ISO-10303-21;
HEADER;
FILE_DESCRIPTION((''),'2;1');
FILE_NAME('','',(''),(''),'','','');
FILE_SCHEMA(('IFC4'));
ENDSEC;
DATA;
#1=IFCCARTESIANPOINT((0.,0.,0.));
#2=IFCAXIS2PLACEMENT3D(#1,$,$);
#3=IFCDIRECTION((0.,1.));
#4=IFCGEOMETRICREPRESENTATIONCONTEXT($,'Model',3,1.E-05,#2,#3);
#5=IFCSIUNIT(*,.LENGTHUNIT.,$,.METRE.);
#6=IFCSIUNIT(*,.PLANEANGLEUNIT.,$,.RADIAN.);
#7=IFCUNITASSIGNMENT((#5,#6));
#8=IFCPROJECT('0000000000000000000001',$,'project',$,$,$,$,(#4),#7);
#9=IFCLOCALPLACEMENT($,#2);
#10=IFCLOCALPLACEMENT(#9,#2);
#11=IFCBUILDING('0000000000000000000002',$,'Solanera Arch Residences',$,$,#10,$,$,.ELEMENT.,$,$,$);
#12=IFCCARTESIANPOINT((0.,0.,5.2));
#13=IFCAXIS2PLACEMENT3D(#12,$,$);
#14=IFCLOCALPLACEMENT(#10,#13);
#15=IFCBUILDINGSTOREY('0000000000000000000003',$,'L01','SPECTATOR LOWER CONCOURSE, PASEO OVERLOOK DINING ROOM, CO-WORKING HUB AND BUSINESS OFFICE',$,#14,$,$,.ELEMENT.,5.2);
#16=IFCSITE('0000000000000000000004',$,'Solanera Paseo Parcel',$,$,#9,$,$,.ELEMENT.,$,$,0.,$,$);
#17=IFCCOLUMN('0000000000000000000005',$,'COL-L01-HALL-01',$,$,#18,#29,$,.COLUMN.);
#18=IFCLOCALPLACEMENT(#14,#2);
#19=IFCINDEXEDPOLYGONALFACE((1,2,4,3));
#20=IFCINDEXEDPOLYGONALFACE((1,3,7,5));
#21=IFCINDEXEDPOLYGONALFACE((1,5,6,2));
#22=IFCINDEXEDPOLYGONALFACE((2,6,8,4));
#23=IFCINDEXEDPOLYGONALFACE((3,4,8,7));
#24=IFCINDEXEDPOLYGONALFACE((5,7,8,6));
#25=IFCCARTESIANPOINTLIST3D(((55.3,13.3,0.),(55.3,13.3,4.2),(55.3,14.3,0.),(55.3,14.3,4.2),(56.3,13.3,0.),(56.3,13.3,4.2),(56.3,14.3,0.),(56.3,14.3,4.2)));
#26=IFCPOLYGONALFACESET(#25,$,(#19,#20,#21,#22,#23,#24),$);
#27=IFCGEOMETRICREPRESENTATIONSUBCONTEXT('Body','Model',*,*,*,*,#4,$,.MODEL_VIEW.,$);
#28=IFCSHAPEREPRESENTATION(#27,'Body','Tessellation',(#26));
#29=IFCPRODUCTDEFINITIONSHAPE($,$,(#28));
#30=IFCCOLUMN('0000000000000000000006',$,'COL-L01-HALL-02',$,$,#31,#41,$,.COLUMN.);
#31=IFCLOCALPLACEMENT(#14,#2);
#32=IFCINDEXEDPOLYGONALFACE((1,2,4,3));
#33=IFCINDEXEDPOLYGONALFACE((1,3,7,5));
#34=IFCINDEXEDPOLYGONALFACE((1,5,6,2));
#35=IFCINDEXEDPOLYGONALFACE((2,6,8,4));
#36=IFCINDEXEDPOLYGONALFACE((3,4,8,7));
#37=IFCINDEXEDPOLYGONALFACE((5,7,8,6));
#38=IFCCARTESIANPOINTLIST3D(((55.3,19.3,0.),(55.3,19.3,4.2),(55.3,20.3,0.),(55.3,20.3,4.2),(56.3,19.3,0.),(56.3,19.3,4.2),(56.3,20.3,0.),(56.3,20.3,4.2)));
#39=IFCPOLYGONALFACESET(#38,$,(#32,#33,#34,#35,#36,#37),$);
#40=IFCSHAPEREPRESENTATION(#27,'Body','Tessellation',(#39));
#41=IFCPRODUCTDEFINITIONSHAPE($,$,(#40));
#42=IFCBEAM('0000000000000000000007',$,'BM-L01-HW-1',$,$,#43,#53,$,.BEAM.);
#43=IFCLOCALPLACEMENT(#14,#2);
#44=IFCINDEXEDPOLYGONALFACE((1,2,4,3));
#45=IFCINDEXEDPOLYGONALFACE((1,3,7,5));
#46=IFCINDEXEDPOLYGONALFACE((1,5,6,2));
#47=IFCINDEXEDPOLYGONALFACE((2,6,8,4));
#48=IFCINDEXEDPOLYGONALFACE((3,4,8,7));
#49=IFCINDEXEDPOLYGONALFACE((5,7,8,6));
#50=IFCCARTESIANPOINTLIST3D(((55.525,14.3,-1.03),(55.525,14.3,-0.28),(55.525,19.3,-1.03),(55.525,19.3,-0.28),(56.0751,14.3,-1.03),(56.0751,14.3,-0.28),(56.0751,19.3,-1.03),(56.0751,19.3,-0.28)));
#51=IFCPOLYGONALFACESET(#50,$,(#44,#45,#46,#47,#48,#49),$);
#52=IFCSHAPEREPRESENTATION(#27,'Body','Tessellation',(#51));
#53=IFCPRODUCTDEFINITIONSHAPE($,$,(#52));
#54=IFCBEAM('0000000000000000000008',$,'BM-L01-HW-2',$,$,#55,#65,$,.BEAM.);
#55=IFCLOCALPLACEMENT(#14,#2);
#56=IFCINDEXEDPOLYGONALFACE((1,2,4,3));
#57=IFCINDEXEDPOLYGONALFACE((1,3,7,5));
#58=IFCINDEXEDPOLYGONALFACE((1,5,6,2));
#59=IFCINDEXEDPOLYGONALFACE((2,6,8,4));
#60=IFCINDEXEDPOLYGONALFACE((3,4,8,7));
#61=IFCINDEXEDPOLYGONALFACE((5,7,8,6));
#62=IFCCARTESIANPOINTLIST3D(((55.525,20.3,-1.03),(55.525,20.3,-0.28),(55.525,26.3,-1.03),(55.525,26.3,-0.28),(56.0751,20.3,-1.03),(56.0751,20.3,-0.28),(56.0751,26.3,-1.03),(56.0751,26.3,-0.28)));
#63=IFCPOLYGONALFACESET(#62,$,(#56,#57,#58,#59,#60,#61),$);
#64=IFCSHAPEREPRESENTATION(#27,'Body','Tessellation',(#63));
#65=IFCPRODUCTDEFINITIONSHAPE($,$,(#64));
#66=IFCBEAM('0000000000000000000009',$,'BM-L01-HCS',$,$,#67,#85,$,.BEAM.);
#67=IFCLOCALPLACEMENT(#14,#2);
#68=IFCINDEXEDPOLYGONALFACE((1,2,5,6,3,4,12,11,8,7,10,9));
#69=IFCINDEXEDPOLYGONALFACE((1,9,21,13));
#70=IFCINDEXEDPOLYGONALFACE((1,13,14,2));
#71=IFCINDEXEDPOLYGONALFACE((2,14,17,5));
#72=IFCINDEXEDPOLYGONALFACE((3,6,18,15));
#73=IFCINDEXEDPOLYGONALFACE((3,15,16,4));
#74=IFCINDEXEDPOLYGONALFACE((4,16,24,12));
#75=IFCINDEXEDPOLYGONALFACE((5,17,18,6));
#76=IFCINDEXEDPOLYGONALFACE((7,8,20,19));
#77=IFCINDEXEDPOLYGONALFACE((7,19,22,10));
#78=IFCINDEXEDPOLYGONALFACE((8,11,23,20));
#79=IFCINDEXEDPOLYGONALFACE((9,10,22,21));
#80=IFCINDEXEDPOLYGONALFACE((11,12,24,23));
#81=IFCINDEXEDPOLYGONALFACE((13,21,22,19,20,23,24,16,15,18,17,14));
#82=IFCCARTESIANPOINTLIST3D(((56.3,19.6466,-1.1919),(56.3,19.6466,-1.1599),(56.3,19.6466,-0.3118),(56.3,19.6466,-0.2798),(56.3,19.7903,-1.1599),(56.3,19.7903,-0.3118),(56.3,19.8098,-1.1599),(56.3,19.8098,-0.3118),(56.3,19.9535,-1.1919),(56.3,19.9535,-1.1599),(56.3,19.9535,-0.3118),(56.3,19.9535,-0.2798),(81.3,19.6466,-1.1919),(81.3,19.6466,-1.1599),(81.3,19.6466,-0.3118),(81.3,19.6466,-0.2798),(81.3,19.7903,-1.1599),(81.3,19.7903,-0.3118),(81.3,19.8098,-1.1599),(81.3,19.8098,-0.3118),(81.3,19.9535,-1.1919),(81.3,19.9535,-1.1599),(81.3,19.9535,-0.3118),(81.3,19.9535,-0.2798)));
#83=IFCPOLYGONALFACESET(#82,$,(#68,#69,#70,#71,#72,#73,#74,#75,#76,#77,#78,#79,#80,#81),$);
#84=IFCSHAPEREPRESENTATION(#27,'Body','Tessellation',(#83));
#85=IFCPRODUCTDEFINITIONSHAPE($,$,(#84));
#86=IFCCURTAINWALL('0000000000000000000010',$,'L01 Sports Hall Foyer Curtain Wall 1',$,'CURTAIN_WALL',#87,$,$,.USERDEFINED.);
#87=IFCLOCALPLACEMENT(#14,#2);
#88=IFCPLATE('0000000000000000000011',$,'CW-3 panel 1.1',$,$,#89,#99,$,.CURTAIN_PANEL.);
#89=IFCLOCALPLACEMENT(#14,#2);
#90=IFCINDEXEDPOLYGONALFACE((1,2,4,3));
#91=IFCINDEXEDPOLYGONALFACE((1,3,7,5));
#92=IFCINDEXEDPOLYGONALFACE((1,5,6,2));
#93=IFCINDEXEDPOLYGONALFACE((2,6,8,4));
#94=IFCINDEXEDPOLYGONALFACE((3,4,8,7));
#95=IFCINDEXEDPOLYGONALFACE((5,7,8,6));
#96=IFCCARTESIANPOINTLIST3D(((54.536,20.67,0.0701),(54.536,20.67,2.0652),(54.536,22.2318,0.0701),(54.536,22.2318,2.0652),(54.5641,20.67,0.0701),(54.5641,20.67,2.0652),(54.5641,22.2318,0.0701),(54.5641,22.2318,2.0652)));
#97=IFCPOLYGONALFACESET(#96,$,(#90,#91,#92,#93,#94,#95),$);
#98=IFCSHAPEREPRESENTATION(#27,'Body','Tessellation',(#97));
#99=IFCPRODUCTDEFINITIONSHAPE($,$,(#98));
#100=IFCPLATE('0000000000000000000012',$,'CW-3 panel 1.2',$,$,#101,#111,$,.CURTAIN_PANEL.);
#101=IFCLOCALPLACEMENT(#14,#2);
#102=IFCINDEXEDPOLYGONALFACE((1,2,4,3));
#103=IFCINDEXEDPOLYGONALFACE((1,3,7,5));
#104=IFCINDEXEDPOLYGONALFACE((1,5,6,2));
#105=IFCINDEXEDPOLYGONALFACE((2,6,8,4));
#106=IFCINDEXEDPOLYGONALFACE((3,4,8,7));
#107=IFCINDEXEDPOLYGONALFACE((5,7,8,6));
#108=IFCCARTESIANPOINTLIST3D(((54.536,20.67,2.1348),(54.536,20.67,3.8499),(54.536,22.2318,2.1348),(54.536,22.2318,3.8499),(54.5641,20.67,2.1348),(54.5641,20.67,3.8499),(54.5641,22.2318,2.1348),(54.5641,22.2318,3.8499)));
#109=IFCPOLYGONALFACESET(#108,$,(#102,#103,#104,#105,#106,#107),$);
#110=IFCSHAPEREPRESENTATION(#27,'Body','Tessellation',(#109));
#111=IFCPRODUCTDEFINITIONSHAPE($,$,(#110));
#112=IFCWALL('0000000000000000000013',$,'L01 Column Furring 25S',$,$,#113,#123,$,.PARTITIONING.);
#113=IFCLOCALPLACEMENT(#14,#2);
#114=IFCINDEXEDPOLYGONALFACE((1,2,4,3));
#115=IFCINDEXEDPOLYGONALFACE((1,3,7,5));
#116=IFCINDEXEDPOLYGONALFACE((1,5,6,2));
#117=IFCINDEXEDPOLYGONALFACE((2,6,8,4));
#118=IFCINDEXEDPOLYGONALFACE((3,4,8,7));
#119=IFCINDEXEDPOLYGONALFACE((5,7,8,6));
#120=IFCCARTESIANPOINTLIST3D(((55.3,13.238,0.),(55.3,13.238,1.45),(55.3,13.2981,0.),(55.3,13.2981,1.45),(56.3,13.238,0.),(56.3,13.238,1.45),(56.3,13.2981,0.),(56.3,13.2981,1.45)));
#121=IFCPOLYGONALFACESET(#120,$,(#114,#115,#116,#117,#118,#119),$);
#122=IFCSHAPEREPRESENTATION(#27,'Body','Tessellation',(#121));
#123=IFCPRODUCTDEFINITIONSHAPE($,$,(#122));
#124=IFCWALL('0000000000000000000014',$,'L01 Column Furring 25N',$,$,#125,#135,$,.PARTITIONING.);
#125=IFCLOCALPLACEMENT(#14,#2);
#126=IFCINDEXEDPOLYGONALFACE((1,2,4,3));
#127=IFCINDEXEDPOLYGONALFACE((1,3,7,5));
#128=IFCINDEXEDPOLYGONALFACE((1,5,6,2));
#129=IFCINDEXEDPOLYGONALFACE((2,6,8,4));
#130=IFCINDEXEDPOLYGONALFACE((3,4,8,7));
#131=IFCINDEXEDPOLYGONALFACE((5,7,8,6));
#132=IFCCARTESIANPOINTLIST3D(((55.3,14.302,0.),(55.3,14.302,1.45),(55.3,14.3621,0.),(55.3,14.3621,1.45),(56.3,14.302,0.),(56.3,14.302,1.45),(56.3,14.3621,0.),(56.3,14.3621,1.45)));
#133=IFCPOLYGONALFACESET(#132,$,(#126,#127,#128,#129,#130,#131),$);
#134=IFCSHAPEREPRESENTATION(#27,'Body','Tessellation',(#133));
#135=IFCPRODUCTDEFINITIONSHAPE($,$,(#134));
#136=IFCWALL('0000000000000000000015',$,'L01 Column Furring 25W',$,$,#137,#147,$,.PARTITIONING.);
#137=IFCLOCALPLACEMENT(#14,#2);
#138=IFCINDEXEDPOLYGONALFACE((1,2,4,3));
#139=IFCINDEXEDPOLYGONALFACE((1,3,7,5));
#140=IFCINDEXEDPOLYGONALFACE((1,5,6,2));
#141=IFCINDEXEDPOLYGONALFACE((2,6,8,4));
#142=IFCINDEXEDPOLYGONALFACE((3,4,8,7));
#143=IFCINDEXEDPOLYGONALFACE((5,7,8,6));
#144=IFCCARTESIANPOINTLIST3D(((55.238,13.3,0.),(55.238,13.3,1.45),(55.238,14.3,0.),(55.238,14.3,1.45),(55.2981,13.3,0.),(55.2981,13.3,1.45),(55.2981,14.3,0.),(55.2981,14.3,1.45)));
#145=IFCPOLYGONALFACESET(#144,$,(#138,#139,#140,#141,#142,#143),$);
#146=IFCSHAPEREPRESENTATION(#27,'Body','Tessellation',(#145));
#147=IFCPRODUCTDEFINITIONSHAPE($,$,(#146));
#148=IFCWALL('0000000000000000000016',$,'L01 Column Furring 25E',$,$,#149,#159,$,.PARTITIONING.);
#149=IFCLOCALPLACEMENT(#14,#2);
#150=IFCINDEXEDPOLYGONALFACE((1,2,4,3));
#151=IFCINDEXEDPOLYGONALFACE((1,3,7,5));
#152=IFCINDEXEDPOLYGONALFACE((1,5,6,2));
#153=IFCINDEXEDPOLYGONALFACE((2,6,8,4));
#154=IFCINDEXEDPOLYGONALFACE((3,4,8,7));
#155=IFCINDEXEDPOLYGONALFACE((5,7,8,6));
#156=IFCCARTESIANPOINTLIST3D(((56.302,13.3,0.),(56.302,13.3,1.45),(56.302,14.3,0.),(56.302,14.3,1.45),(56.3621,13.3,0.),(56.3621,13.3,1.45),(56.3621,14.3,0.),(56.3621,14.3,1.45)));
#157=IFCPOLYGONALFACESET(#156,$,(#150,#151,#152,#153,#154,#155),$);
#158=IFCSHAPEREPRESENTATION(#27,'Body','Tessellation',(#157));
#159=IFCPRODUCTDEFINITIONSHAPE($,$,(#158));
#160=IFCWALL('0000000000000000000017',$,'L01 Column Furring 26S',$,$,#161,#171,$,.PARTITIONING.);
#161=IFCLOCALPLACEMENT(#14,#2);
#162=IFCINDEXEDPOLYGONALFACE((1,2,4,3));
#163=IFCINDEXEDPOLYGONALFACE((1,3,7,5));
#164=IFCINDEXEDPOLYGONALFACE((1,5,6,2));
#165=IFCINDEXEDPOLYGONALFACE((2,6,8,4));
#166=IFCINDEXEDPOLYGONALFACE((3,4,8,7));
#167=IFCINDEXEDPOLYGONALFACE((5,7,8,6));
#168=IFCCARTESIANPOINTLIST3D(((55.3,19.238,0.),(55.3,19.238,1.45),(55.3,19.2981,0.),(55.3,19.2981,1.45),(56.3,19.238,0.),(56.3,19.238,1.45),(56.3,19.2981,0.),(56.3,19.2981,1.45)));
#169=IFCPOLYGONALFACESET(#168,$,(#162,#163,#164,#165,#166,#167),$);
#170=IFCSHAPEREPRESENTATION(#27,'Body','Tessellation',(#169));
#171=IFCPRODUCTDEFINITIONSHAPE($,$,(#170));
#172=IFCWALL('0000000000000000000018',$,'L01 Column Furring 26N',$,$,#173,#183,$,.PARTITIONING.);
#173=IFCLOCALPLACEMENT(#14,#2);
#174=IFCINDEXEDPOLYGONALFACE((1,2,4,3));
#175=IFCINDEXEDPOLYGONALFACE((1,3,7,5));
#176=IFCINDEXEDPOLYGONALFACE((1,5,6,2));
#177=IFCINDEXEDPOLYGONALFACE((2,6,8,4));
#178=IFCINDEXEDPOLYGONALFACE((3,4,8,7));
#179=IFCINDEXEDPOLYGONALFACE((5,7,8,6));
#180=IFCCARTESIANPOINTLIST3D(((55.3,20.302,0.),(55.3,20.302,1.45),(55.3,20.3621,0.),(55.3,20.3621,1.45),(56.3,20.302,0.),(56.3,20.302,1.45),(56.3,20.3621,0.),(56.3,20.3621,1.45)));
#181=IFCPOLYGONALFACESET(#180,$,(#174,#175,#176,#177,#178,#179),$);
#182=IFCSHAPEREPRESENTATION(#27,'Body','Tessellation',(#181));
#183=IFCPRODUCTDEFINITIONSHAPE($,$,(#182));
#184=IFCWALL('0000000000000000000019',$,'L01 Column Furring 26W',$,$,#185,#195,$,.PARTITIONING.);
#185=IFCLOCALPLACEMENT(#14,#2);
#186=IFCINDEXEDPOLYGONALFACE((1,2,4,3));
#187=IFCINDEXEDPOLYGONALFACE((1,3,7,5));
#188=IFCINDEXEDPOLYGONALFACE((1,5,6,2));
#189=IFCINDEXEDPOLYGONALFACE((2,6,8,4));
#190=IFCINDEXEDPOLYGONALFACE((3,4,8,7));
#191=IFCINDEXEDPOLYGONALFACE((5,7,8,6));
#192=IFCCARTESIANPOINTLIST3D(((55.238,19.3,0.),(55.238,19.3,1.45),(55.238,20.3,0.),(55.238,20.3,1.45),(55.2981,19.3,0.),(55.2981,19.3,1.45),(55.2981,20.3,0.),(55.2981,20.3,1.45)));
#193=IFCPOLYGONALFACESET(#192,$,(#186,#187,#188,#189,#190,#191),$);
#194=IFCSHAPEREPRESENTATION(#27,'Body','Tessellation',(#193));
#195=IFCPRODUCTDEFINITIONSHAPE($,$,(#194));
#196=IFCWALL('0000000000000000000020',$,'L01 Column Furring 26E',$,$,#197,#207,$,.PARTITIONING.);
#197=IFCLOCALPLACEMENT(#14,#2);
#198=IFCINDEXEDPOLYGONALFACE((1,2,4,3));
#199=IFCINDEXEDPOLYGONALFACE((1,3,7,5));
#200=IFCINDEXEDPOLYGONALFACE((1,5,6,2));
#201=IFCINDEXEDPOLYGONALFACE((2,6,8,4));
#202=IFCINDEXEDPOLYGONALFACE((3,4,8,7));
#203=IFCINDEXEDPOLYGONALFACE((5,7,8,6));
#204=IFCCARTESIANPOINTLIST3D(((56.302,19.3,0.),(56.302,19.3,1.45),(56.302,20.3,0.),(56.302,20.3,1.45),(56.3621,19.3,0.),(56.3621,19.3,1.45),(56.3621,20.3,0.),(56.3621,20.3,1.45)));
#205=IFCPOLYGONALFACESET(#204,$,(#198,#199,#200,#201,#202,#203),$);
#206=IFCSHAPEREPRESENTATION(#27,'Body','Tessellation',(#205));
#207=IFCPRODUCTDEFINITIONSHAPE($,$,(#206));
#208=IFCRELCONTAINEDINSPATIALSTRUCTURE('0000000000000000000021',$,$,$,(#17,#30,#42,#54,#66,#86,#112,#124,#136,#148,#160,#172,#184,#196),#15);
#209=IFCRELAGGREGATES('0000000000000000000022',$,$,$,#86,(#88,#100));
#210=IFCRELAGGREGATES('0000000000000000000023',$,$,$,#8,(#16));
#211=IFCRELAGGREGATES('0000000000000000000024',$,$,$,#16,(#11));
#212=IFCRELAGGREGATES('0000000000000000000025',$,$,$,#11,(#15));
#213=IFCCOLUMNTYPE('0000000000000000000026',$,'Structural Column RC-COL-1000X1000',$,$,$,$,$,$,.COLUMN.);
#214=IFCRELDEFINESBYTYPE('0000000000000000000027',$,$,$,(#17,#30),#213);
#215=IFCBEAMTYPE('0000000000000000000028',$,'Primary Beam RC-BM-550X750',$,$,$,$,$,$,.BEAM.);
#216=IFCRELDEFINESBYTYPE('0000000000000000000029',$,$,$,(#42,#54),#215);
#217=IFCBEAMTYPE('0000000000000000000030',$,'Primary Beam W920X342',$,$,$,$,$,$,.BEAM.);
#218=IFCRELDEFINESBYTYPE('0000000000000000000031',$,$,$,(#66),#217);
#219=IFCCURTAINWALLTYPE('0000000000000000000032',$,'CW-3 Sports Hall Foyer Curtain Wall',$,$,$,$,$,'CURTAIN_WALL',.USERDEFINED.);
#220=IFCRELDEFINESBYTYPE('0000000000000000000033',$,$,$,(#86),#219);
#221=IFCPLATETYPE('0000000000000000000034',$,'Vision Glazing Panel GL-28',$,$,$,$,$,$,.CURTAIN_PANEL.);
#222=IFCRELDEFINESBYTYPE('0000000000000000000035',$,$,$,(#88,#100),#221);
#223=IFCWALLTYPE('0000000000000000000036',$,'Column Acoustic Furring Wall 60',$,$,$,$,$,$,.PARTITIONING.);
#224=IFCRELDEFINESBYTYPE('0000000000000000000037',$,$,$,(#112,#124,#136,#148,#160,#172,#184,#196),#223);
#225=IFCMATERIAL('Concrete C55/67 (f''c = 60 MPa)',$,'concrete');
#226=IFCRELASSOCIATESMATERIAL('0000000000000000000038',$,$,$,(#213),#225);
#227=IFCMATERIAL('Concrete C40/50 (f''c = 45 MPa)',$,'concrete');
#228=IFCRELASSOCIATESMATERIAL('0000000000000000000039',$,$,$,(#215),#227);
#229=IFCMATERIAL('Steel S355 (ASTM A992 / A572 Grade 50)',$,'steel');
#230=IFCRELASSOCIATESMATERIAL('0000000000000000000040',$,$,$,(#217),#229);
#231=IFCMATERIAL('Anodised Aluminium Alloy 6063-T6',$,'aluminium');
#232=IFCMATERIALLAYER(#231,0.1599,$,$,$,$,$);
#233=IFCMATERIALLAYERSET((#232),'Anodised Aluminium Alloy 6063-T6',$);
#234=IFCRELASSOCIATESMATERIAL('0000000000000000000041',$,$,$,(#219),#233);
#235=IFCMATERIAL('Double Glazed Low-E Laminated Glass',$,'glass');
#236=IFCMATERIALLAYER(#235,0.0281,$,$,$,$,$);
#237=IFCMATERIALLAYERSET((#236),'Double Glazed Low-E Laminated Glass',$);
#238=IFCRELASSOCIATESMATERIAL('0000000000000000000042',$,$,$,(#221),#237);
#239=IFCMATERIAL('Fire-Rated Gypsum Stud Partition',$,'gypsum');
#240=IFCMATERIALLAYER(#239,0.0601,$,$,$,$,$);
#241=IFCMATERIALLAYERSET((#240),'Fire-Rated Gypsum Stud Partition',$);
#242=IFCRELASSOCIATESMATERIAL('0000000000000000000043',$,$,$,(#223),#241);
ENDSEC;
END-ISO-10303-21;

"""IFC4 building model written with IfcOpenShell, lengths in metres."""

from ifc_helpers import new_model, si_unit, direction, frame, frame_2d, origin, origin_2d, place, context, subcontext, project, spatial, rectangle, i_section, extrude, material, layer, layer_set, material_profile, profile_set, type_object, element, aggregate, save


model = new_model("IFC4")

# Units and contexts
model_context = context("Model", 3, precision=1e-05, world=origin(), true_north=direction((0.0, 1.0)))
body_context = subcontext(model_context, "Body", "Model", "MODEL_VIEW")
ifc_project = project(units=[si_unit("LENGTHUNIT", "METRE"), si_unit("PLANEANGLEUNIT", "RADIAN")], contexts=[model_context])

# Site, building, storey
site_placement = place(None, origin())
site = spatial("IfcSite", under=ifc_project, at=site_placement, Name="Solanera Paseo Parcel", CompositionType="ELEMENT", RefElevation=0.0)
building_placement = place(site_placement, origin())
building = spatial("IfcBuilding", under=site, at=building_placement, Name="Solanera Arch Residences", CompositionType="ELEMENT")
storey_placement = place(building_placement, frame((0.0, 0.0, 5.2)))
storey = spatial("IfcBuildingStorey", under=building, at=storey_placement, Name="L01", Description="SPECTATOR LOWER CONCOURSE, PASEO OVERLOOK DINING ROOM, CO-WORKING HUB AND BUSINESS OFFICE", CompositionType="ELEMENT", Elevation=5.2)

# Columns
ifc_material_1 = material(Name="Concrete C55/67 (f'c = 60 MPa)", Category="concrete")
ifc_material_profile_1 = material_profile(ifc_material_1, rectangle(XDim=1.0, YDim=1.0, at=origin_2d()))
ifc_profile_set_1 = profile_set([ifc_material_profile_1], Name="Concrete C55/67 (f'c = 60 MPa)")
column_type = type_object("IfcColumnType", Name="Structural Column RC-COL-1000X1000", PredefinedType="COLUMN", material=ifc_profile_set_1)
for number, where, z_axis, x_axis, name in (
    (1, (55.8, 13.8, 0.0), (0.0, 0.0, 1.0), (1.0, 0.0, 0.0), "COL-L01-HALL-01"),
    (2, (55.8, 19.8, 0.0), (0.0, 0.0, 1.0), (1.0, 0.0, 0.0), "COL-L01-HALL-02"),
):
    element("IfcColumn", number, at=place(storey_placement, frame(where, z_axis=z_axis, x_axis=x_axis)), inside=storey, type_object=column_type, Name=name, PredefinedType="COLUMN", context=body_context, shape_type="SweptSolid", body=[
        extrude(rectangle(XDim=1.0, YDim=1.0, at=origin_2d()), origin(), (0.0, 0.0, 1.0), 4.2),
    ])

# Beams
ifc_material_2 = material(Name="Concrete C40/50 (f'c = 45 MPa)", Category="concrete")
ifc_material_profile_2 = material_profile(ifc_material_2, rectangle(XDim=0.55, YDim=0.75, at=origin_2d()))
ifc_profile_set_2 = profile_set([ifc_material_profile_2], Name="Concrete C40/50 (f'c = 45 MPa)")
beam_type_1 = type_object("IfcBeamType", Name="Primary Beam RC-BM-550X750", PredefinedType="BEAM", material=ifc_profile_set_2)
beam_1_placement = place(storey_placement, frame((55.8, 14.3, -0.655), z_axis=(0.0, 1.0, 0.0), x_axis=(-1.0, 0.0, 0.0)))
element("IfcBeam", 3, at=beam_1_placement, inside=storey, type_object=beam_type_1, Name="BM-L01-HW-1", PredefinedType="BEAM", context=body_context, shape_type="SweptSolid", body=[
    extrude(rectangle(XDim=0.55, YDim=0.75, at=origin_2d()), origin(), (0.0, 0.0, 1.0), 5.0),
])
beam_2_placement = place(storey_placement, frame((55.8, 20.3, -0.655), z_axis=(0.0, 1.0, 0.0), x_axis=(-1.0, 0.0, 0.0)))
element("IfcBeam", 4, at=beam_2_placement, inside=storey, type_object=beam_type_1, Name="BM-L01-HW-2", PredefinedType="BEAM", context=body_context, shape_type="SweptSolid", body=[
    extrude(rectangle(XDim=0.55, YDim=0.75, at=origin_2d()), origin(), (0.0, 0.0, 1.0), 6.0),
])
ifc_material_3 = material(Name="Steel S355 (ASTM A992 / A572 Grade 50)", Category="steel")
ifc_material_profile_3 = material_profile(ifc_material_3, i_section(OverallWidth=0.3069, OverallDepth=0.9121, WebThickness=0.0195, FlangeThickness=0.032, at=origin_2d()))
ifc_profile_set_3 = profile_set([ifc_material_profile_3], Name="Steel S355 (ASTM A992 / A572 Grade 50)")
beam_type_2 = type_object("IfcBeamType", Name="Primary Beam W920X342", PredefinedType="BEAM", material=ifc_profile_set_3)
beam_3_placement = place(storey_placement, frame((56.3, 19.8, -0.7358), z_axis=(1.0, 0.0, 0.0), x_axis=(0.0, 1.0, 0.0)))
element("IfcBeam", 5, at=beam_3_placement, inside=storey, type_object=beam_type_2, Name="BM-L01-HCS", PredefinedType="BEAM", context=body_context, shape_type="SweptSolid", body=[
    extrude(i_section(OverallWidth=0.3069, OverallDepth=0.9121, WebThickness=0.0195, FlangeThickness=0.032, at=origin_2d()), origin(), (0.0, 0.0, 1.0), 25.0),
])

# Curtain wall, plates
ifc_material_4 = material(Name="Anodised Aluminium Alloy 6063-T6", Category="aluminium")
ifc_layer_1 = layer(ifc_material_4, 0.1599)
ifc_layer_set_1 = layer_set([ifc_layer_1], Name="Anodised Aluminium Alloy 6063-T6")
curtain_wall_type = type_object("IfcCurtainWallType", Name="CW-3 Sports Hall Foyer Curtain Wall", ElementType="CURTAIN_WALL", PredefinedType="USERDEFINED", material=ifc_layer_set_1)
curtain_wall_placement = place(storey_placement, origin())
curtain_wall = element("IfcCurtainWall", 6, at=curtain_wall_placement, inside=storey, type_object=curtain_wall_type, Name="L01 Sports Hall Foyer Curtain Wall 1", ObjectType="CURTAIN_WALL", PredefinedType="USERDEFINED")
ifc_material_5 = material(Name="Double Glazed Low-E Laminated Glass", Category="glass")
ifc_layer_2 = layer(ifc_material_5, 0.0281)
ifc_layer_set_2 = layer_set([ifc_layer_2], Name="Double Glazed Low-E Laminated Glass")
plate_type = type_object("IfcPlateType", Name="Vision Glazing Panel GL-28", PredefinedType="CURTAIN_PANEL", material=ifc_layer_set_2)
plate_1_placement = place(storey_placement, frame((54.55, 21.4509, 0.0701), z_axis=(0.0, 0.0, 1.0), x_axis=(0.0, 1.0, 0.0)))
plate_1 = element("IfcPlate", 7, at=plate_1_placement, type_object=plate_type, Name="CW-3 panel 1.1", PredefinedType="CURTAIN_PANEL", context=body_context, shape_type="SweptSolid", body=[
    extrude(rectangle(XDim=1.5618, YDim=0.0281, at=origin_2d()), origin(), (0.0, 0.0, 1.0), 1.9951),
])
plate_2_placement = place(storey_placement, frame((54.55, 21.4509, 2.1348), z_axis=(0.0, 0.0, 1.0), x_axis=(0.0, 1.0, 0.0)))
plate_2 = element("IfcPlate", 8, at=plate_2_placement, type_object=plate_type, Name="CW-3 panel 1.2", PredefinedType="CURTAIN_PANEL", context=body_context, shape_type="SweptSolid", body=[
    extrude(rectangle(XDim=1.5618, YDim=0.0281, at=origin_2d()), origin(), (0.0, 0.0, 1.0), 1.7151),
])
aggregate(curtain_wall, [plate_1, plate_2])

# Walls
ifc_material_6 = material(Name="Fire-Rated Gypsum Stud Partition", Category="gypsum")
ifc_layer_3 = layer(ifc_material_6, 0.0601)
ifc_layer_set_3 = layer_set([ifc_layer_3], Name="Fire-Rated Gypsum Stud Partition")
wall_type_1 = type_object("IfcWallType", Name="Column Acoustic Furring Wall 60", PredefinedType="PARTITIONING", material=ifc_layer_set_3)
for number, where, z_axis, x_axis, name in (
    (9, (55.3, 13.2681, 0.0), (0.0, 0.0, 1.0), (1.0, 0.0, 0.0), "L01 Column Furring 25S"),
    (10, (55.3, 14.332, 0.0), (0.0, 0.0, 1.0), (1.0, 0.0, 0.0), "L01 Column Furring 25N"),
    (11, (55.2681, 13.3, 0.0), (0.0, 0.0, 1.0), (0.0, 1.0, 0.0), "L01 Column Furring 25W"),
    (12, (56.332, 13.3, 0.0), (0.0, 0.0, 1.0), (0.0, 1.0, 0.0), "L01 Column Furring 25E"),
    (13, (55.3, 19.2681, 0.0), (0.0, 0.0, 1.0), (1.0, 0.0, 0.0), "L01 Column Furring 26S"),
    (14, (55.3, 20.332, 0.0), (0.0, 0.0, 1.0), (1.0, 0.0, 0.0), "L01 Column Furring 26N"),
    (15, (55.2681, 19.3, 0.0), (0.0, 0.0, 1.0), (0.0, 1.0, 0.0), "L01 Column Furring 26W"),
    (16, (56.332, 19.3, 0.0), (0.0, 0.0, 1.0), (0.0, 1.0, 0.0), "L01 Column Furring 26E"),
):
    element("IfcWall", number, at=place(storey_placement, frame(where, z_axis=z_axis, x_axis=x_axis)), inside=storey, type_object=wall_type_1, Name=name, PredefinedType="PARTITIONING", context=body_context, shape_type="SweptSolid", body=[
        extrude(rectangle(XDim=1.0, YDim=0.0601, at=frame_2d((0.5, 0.0))), origin(), (0.0, 0.0, 1.0), 1.45),
    ])

save(model, "model.ifc")
